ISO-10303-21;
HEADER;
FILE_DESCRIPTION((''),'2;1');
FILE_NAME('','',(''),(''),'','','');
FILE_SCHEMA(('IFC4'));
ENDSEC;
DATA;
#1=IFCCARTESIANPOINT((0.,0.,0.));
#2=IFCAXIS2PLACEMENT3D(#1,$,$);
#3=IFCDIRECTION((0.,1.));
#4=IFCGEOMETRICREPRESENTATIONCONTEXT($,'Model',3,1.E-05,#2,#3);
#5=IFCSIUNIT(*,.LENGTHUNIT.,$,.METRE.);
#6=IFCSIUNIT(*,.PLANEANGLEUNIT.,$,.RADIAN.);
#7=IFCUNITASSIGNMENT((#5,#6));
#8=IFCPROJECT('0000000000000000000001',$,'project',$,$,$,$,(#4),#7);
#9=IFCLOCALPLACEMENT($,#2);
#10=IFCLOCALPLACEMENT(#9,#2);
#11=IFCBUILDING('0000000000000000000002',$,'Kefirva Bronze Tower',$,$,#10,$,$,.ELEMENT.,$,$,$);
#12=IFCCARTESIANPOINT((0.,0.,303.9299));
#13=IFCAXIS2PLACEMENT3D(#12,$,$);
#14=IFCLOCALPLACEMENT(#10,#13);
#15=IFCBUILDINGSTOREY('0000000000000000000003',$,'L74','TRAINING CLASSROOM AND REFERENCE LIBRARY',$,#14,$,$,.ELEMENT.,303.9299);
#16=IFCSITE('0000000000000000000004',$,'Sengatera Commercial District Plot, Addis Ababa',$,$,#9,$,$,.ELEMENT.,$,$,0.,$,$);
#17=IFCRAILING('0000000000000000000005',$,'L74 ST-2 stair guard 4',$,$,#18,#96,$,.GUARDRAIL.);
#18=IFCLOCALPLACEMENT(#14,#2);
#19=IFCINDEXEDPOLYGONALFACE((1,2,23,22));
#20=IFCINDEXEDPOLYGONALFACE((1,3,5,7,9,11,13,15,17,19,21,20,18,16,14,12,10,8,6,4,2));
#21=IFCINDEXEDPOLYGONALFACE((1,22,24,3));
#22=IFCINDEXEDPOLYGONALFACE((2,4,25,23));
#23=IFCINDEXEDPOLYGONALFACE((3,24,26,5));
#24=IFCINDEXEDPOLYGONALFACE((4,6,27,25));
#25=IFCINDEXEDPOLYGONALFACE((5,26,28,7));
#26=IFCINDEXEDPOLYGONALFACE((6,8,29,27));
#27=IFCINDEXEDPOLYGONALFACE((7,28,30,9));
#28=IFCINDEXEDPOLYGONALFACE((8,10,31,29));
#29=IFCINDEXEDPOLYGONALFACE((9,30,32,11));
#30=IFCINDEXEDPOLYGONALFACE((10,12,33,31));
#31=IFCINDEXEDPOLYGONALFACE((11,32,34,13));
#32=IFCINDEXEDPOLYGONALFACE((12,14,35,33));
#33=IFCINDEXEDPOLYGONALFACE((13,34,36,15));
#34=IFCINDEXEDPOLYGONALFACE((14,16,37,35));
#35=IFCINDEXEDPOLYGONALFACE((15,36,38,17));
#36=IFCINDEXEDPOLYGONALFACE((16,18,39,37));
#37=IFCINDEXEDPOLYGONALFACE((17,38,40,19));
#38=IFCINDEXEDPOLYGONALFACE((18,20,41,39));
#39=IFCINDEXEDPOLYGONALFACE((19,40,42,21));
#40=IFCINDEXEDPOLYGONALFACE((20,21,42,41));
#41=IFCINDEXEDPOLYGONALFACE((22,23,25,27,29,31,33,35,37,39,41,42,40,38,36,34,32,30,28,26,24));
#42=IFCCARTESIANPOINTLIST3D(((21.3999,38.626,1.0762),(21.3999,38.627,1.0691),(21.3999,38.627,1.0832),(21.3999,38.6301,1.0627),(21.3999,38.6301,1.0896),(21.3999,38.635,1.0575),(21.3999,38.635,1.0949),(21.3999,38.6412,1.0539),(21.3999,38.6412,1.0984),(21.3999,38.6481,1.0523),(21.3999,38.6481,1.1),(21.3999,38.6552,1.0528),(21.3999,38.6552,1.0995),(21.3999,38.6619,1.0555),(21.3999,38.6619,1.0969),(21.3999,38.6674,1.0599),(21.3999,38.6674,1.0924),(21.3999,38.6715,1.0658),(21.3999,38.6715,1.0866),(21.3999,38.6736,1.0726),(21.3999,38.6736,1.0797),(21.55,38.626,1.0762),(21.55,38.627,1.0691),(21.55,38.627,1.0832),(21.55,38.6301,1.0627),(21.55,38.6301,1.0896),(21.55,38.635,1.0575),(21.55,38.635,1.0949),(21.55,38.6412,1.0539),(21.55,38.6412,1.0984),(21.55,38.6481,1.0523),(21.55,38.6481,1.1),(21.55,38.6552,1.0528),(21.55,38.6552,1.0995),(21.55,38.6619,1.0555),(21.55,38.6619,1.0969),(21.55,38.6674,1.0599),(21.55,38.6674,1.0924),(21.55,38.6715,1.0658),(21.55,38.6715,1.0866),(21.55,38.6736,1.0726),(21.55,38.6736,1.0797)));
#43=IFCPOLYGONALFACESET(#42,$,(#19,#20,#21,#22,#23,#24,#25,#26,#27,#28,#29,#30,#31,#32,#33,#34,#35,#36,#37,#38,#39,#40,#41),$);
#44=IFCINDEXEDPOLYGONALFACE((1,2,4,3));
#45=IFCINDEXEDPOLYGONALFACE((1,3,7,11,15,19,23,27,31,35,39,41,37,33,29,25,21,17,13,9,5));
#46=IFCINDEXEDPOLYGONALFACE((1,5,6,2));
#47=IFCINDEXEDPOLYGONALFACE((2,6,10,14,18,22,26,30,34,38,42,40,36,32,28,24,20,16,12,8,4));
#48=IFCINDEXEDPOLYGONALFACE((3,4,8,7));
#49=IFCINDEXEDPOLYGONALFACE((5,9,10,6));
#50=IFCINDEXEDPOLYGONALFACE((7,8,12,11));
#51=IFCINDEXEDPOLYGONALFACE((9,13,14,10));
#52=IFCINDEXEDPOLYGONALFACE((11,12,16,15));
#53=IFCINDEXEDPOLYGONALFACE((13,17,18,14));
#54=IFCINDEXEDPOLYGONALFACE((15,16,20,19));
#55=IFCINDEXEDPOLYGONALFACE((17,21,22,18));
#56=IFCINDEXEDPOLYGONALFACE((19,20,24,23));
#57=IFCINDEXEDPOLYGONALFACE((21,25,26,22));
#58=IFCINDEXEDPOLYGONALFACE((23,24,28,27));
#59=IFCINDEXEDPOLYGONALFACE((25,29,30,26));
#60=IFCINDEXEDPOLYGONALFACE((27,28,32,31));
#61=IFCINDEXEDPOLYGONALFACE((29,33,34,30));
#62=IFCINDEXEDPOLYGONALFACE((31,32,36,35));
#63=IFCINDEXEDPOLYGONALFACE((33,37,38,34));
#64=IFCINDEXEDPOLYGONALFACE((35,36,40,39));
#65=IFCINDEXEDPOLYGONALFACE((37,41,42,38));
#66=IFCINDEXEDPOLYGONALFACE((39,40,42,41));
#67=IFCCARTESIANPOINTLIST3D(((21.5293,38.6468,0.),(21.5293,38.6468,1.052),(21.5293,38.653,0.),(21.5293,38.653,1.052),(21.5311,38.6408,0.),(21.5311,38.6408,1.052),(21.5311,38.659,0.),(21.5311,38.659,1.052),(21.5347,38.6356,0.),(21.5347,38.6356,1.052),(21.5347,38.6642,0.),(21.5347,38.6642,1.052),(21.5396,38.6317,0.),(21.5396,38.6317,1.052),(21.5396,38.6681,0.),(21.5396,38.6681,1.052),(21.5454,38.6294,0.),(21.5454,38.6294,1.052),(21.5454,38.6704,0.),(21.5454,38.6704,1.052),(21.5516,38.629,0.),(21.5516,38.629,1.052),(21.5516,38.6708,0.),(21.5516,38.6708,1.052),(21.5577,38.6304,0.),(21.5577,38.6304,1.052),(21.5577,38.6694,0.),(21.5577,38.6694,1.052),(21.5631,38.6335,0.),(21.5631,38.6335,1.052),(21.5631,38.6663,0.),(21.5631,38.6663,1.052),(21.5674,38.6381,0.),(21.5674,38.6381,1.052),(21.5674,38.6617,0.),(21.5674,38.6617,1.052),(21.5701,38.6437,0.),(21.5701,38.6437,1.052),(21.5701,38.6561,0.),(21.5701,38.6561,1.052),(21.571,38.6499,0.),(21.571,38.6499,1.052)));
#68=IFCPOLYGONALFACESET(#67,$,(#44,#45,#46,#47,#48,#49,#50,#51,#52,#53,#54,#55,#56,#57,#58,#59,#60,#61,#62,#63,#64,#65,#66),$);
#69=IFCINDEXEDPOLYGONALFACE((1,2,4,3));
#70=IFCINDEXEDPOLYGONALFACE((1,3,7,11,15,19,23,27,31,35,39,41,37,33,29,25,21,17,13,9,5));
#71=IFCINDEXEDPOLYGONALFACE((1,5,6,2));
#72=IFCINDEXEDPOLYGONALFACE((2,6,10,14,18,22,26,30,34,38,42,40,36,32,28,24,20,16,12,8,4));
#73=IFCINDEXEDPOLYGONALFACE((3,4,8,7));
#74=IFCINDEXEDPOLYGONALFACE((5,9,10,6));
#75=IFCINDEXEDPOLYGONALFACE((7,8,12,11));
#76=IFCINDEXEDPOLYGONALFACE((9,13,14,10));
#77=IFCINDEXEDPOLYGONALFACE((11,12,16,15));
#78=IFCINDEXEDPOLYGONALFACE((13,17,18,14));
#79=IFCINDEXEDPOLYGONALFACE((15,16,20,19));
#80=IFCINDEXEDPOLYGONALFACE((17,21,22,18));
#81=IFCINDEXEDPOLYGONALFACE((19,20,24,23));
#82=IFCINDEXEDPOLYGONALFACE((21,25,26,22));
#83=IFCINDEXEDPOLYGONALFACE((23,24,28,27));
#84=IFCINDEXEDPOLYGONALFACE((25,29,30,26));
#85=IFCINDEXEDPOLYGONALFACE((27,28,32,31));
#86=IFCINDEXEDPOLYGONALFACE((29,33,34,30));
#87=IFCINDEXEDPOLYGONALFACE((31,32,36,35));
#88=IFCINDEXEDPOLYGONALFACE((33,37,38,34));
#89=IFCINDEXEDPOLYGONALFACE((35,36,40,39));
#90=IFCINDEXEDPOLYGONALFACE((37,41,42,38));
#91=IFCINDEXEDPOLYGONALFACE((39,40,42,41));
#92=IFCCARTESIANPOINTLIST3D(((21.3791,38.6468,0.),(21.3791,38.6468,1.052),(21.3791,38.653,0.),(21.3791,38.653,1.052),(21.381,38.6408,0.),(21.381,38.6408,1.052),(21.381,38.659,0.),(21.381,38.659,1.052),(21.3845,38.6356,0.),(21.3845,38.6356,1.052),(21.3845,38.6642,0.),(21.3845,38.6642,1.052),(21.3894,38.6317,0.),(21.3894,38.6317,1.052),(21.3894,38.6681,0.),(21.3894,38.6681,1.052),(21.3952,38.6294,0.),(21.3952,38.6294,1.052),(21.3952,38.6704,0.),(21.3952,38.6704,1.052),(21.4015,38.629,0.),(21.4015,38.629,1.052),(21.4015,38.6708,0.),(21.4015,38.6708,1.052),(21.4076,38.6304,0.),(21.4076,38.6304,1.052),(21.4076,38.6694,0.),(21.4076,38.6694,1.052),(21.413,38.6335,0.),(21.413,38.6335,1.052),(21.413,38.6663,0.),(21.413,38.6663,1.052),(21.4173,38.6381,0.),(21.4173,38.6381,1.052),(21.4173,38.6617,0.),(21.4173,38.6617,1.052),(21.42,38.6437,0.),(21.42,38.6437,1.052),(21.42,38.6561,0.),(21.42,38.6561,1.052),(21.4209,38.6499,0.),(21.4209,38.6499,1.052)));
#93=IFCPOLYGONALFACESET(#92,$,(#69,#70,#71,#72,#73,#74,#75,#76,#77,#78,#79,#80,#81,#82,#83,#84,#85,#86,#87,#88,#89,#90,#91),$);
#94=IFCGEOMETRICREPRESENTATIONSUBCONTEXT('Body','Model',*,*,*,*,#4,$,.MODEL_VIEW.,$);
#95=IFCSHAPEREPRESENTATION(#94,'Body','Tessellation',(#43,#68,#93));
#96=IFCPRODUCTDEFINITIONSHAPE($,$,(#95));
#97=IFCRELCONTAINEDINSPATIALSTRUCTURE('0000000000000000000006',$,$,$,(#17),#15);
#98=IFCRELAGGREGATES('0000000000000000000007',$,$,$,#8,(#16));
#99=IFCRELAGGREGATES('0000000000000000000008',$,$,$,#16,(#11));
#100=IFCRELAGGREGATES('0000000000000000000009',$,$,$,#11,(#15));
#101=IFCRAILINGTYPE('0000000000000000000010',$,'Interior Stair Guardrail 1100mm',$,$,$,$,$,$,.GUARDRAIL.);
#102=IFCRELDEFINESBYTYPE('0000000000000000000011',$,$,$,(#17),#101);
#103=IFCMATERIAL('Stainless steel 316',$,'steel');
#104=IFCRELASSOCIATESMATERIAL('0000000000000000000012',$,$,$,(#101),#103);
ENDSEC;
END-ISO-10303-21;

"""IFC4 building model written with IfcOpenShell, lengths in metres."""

from ifc_helpers import new_model, si_unit, direction, frame, origin, origin_2d, place, context, subcontext, project, spatial, circle, extrude, material, type_object, element, save


model = new_model("IFC4")

# Units and contexts
model_context = context("Model", 3, precision=1e-05, world=origin(), true_north=direction((0.0, 1.0)))
body_context = subcontext(model_context, "Body", "Model", "MODEL_VIEW")
ifc_project = project(units=[si_unit("LENGTHUNIT", "METRE"), si_unit("PLANEANGLEUNIT", "RADIAN")], contexts=[model_context])

# Site, building, storey
site_placement = place(None, origin())
site = spatial("IfcSite", under=ifc_project, at=site_placement, Name="Sengatera Commercial District Plot, Addis Ababa", CompositionType="ELEMENT", RefElevation=0.0)
building_placement = place(site_placement, origin())
building = spatial("IfcBuilding", under=site, at=building_placement, Name="Kefirva Bronze Tower", CompositionType="ELEMENT")
storey_placement = place(building_placement, frame((0.0, 0.0, 303.9299)))
storey = spatial("IfcBuildingStorey", under=building, at=storey_placement, Name="L74", Description="TRAINING CLASSROOM AND REFERENCE LIBRARY", CompositionType="ELEMENT", Elevation=303.9299)

# Railing
ifc_material_1 = material(Name="Stainless steel 316", Category="steel")
railing_type_1 = type_object("IfcRailingType", Name="Interior Stair Guardrail 1100mm", PredefinedType="GUARDRAIL", material=ifc_material_1)
railing_1_placement = place(storey_placement, frame((21.55, 38.6499, 0.0)))
element("IfcRailing", 1, at=railing_1_placement, inside=storey, type_object=railing_type_1, Name="L74 ST-2 stair guard 4", PredefinedType="GUARDRAIL", context=body_context, shape_type="SweptSolid", body=[
    extrude(circle(Radius=0.0239, at=origin_2d()), frame((0.0, 0.0, 1.0762), z_axis=(-1.0, 0.0, 0.0), x_axis=(0.0, -1.0, 0.0)), (0.0, 0.0, 1.0), 0.1501),
    extrude(circle(Radius=0.021, at=origin_2d()), origin(), (0.0, 0.0, 1.0), 1.052),
    extrude(circle(Radius=0.021, at=origin_2d()), frame((-0.1501, 0.0, 0.0)), (0.0, 0.0, 1.0), 1.052),
])

save(model, "model.ifc")
